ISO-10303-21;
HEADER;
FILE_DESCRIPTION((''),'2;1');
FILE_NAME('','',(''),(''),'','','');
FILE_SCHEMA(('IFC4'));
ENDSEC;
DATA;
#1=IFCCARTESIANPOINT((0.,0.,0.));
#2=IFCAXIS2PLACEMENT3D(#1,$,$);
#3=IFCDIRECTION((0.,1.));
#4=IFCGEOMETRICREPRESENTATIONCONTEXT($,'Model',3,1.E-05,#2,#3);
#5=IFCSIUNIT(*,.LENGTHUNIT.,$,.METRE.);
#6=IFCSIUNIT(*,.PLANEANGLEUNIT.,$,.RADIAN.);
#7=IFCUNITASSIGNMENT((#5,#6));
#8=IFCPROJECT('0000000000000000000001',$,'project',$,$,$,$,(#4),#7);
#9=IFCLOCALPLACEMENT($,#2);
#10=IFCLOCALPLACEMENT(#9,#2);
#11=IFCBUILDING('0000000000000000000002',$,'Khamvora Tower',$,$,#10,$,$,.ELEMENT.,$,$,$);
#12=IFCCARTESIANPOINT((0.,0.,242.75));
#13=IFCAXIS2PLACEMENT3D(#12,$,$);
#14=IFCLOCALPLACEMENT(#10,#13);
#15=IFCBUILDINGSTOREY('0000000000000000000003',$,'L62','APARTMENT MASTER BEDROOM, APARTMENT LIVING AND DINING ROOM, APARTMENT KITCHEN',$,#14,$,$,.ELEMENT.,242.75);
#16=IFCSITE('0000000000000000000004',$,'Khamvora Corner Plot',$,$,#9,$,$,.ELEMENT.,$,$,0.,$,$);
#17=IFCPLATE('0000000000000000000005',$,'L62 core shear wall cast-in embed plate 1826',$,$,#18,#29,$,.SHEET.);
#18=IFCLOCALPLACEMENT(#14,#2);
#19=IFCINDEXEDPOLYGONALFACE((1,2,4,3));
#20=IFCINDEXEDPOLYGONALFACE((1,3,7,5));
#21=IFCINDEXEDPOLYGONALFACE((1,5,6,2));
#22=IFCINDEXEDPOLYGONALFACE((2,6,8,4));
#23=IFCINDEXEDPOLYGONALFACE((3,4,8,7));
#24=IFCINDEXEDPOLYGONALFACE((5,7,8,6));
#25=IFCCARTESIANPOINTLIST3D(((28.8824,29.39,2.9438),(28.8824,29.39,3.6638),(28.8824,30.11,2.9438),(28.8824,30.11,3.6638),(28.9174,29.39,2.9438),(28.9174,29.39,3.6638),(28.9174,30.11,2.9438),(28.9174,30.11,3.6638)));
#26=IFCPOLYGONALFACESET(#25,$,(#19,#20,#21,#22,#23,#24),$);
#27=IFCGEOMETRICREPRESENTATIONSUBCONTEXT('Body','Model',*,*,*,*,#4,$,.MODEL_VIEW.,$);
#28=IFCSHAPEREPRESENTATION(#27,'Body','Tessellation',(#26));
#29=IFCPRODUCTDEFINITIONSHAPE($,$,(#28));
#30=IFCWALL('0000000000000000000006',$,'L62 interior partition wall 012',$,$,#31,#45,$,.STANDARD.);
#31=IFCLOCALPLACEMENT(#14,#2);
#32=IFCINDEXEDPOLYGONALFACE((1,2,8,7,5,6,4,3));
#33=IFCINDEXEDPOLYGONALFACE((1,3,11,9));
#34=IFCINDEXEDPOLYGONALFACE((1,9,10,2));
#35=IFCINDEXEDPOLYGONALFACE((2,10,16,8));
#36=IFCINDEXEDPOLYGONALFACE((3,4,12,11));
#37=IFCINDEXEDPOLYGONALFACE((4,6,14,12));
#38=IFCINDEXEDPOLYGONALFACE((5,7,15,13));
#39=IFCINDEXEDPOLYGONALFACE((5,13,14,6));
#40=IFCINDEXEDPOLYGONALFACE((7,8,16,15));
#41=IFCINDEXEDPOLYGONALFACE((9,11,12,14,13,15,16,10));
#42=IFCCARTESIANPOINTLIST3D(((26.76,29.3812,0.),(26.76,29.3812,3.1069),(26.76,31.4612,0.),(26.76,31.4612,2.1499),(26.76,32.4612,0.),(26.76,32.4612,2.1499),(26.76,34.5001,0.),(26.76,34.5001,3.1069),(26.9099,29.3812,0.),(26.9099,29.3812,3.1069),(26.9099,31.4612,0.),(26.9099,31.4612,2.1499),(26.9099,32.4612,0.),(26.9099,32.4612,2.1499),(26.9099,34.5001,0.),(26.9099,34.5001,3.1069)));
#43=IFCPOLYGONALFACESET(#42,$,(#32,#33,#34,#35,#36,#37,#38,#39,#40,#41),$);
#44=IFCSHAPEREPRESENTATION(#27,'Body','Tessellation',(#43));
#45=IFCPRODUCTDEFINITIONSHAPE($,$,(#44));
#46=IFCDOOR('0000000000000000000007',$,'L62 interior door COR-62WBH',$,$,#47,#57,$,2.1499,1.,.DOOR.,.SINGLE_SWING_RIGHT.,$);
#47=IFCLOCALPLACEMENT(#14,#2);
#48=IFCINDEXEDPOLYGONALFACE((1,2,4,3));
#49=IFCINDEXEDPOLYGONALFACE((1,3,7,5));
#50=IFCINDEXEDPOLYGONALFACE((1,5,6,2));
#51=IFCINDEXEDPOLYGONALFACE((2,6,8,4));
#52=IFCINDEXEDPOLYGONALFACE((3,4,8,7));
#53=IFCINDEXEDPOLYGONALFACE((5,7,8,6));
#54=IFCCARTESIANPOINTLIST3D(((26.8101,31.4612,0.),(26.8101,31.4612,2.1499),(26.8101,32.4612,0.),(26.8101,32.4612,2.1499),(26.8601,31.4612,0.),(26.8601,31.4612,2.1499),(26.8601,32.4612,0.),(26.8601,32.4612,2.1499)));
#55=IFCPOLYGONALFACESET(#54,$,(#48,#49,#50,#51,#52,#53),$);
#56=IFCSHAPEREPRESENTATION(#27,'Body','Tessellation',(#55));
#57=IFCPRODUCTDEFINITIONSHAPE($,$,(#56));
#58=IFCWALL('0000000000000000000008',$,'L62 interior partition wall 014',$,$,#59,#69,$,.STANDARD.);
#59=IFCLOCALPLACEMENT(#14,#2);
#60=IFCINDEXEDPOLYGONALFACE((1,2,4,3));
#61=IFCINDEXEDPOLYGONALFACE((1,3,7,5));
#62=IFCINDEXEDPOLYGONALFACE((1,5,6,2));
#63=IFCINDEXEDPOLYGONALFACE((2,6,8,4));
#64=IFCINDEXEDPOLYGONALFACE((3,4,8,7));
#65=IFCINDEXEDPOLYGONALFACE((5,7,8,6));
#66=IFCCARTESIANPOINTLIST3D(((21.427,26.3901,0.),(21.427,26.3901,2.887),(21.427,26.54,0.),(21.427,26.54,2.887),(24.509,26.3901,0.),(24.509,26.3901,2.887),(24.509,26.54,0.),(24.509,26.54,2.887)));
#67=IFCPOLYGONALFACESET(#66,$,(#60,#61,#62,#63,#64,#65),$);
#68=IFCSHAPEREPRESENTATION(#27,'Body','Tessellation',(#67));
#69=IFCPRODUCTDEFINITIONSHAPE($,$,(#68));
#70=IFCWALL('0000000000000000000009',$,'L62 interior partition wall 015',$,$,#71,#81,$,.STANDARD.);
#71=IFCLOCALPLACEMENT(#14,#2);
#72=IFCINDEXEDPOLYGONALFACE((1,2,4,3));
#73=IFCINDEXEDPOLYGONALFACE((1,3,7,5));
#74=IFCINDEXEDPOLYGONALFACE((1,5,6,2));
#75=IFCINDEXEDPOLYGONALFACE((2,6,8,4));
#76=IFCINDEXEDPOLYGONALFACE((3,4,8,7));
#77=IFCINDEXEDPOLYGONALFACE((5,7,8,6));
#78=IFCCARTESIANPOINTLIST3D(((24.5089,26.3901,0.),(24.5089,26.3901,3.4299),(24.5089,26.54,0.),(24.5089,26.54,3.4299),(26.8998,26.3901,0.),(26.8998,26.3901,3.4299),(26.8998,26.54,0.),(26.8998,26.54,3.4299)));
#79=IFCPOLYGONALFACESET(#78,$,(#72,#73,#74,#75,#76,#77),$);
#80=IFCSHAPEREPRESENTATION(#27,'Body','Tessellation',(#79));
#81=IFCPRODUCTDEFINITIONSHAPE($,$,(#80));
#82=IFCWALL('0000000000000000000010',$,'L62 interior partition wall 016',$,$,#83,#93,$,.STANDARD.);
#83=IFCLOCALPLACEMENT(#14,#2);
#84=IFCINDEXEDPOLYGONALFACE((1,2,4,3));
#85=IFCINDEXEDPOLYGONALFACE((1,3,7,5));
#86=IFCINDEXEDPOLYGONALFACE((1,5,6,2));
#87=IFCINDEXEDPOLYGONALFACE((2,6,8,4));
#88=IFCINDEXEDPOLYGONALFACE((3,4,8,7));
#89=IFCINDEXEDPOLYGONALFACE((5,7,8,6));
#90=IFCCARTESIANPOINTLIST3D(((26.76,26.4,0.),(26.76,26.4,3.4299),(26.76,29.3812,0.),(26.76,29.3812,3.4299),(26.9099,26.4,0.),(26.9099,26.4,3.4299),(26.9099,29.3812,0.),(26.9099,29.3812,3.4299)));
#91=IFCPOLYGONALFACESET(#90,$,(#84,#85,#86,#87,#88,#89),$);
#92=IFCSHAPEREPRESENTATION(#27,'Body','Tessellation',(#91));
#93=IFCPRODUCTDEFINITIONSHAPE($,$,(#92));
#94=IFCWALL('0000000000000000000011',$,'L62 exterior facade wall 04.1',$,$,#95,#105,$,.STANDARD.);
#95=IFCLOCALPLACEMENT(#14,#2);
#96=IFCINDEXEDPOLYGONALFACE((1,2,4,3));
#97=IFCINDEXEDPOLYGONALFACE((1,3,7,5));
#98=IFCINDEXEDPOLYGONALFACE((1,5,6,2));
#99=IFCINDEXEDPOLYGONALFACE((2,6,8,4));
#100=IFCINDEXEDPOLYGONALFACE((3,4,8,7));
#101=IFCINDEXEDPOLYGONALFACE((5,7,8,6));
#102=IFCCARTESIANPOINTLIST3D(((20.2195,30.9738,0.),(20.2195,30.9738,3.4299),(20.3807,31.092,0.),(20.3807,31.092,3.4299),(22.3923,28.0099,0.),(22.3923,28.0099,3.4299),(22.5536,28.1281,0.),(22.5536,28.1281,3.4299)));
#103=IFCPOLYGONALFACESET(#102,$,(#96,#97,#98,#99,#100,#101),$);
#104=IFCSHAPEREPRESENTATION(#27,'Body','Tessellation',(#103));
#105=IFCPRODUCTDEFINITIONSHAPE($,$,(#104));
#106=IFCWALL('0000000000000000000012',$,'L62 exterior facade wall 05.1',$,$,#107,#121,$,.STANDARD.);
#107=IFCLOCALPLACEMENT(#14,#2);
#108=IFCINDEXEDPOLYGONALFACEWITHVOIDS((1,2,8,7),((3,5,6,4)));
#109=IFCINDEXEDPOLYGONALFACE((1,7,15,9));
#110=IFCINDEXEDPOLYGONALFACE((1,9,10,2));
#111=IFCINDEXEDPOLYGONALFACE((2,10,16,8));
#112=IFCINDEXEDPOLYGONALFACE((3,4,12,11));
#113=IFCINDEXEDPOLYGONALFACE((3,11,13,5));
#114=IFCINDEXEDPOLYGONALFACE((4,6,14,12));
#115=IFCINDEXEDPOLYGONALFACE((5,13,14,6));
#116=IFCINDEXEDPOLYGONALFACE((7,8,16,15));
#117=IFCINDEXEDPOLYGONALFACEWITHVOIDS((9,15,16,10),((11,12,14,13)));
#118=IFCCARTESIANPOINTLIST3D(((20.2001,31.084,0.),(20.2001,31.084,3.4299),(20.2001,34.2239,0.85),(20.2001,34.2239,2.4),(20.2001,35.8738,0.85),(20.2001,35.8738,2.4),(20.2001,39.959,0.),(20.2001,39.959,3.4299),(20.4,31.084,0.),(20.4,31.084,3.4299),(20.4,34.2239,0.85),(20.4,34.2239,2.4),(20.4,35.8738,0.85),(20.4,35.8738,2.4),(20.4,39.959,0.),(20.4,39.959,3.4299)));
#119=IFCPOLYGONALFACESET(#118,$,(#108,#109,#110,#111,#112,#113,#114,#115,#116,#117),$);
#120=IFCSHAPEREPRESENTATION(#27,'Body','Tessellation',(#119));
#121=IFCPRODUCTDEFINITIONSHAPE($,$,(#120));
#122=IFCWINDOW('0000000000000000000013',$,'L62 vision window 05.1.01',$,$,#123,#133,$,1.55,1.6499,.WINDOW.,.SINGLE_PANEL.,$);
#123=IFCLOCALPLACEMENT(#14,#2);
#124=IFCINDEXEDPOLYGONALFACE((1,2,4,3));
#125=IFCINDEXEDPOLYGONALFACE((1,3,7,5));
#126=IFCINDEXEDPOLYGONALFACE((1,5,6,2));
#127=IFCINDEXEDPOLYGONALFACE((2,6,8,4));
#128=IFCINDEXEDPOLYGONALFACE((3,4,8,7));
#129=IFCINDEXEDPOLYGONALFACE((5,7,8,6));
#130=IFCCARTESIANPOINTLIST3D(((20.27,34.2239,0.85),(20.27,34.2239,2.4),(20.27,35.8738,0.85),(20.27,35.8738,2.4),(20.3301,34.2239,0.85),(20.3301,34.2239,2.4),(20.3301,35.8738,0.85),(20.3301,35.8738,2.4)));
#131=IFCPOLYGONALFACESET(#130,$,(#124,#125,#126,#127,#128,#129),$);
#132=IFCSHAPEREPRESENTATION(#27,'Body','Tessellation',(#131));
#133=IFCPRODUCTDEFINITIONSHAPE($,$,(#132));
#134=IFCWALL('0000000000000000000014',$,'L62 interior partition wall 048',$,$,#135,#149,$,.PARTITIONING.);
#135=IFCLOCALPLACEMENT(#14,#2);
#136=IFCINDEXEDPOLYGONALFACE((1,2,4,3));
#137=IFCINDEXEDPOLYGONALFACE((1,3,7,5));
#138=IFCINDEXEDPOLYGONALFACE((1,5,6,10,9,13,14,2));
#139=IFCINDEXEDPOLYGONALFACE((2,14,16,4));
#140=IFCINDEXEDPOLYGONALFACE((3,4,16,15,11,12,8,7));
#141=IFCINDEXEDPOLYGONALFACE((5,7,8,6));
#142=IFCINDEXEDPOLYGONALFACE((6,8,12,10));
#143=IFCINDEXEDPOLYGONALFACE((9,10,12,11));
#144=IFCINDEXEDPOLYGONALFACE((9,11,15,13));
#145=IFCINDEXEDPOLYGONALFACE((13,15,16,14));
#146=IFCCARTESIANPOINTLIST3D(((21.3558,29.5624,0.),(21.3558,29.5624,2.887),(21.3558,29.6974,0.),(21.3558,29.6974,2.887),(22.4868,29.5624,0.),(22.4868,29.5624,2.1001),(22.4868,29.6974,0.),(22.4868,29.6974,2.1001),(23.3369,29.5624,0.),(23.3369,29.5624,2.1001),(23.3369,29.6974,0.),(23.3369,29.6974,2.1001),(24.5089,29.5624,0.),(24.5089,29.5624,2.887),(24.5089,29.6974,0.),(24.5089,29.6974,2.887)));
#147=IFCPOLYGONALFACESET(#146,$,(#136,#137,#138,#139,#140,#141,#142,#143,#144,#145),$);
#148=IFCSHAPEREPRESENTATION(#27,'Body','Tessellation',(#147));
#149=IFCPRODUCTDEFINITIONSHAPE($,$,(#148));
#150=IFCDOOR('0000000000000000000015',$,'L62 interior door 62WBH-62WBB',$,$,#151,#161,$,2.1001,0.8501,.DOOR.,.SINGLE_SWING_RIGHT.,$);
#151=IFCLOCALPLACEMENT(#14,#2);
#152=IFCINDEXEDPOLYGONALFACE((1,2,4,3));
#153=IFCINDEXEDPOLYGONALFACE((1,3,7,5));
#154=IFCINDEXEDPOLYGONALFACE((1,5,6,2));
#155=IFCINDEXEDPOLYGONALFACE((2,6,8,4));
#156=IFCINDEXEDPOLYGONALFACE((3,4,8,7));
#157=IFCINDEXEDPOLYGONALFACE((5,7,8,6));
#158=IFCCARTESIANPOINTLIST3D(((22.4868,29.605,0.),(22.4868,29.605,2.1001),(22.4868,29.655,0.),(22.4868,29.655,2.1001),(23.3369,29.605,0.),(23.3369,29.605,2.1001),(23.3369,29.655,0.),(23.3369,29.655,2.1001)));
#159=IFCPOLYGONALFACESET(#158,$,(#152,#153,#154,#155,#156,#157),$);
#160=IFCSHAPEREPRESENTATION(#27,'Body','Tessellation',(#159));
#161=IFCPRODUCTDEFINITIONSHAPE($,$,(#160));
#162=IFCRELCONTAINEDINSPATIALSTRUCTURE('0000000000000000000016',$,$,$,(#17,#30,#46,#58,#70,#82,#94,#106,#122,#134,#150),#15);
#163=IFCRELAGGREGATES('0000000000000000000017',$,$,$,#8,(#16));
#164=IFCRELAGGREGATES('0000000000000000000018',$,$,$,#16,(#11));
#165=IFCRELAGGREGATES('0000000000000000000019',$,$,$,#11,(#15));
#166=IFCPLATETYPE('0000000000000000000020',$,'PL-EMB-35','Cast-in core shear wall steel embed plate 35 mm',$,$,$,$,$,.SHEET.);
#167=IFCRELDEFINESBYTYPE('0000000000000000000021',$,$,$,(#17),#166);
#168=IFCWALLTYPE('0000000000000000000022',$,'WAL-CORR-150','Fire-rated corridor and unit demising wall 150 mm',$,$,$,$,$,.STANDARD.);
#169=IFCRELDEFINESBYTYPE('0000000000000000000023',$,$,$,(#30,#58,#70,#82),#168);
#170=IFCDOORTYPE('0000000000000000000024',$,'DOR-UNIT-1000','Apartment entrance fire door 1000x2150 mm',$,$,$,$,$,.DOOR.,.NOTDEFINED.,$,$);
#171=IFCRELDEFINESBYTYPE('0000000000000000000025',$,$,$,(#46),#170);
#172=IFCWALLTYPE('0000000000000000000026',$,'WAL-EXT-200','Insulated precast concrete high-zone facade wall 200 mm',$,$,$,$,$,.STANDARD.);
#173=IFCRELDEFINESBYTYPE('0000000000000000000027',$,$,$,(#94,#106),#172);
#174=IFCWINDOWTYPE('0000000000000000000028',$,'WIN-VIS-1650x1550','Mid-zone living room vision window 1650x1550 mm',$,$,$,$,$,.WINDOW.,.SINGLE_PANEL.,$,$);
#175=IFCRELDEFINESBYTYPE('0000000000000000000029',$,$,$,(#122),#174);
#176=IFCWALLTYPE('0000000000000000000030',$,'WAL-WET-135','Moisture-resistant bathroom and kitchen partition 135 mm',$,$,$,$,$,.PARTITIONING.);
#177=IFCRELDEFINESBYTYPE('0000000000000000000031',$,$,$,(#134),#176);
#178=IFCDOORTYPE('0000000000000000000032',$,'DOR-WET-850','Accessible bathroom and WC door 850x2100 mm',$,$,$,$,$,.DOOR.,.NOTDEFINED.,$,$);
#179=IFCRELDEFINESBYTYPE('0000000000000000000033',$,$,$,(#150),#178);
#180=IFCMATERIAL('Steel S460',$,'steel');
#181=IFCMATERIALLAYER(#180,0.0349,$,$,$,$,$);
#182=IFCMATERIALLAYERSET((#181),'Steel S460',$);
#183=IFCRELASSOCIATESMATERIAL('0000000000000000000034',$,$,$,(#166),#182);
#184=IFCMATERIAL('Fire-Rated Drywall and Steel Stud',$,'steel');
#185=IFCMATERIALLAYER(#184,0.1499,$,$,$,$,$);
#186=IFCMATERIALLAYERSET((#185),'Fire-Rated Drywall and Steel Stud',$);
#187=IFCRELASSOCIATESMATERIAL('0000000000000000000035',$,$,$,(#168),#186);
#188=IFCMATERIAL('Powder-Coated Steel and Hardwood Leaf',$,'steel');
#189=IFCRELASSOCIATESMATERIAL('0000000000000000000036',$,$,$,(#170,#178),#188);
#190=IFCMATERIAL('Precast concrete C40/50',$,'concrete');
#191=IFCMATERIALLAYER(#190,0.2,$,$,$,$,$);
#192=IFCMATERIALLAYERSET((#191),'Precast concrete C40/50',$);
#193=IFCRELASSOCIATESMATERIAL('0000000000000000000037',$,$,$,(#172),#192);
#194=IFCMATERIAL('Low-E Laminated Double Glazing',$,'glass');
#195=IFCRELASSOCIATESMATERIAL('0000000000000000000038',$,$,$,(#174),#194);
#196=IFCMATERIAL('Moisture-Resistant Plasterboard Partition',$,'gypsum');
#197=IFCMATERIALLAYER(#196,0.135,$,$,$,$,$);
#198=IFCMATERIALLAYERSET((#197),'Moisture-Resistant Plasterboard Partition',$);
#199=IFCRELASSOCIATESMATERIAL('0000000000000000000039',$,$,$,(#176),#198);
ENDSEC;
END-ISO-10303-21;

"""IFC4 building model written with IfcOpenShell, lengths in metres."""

from ifc_helpers import new_model, si_unit, direction, frame, frame_2d, origin, origin_2d, place, context, subcontext, project, spatial, rectangle, extrude, material, layer, layer_set, type_object, element, fill, save


model = new_model("IFC4")

# Units and contexts
model_context = context("Model", 3, precision=1e-05, world=origin(), true_north=direction((0.0, 1.0)))
body_context = subcontext(model_context, "Body", "Model", "MODEL_VIEW")
ifc_project = project(units=[si_unit("LENGTHUNIT", "METRE"), si_unit("PLANEANGLEUNIT", "RADIAN")], contexts=[model_context])

# Site, building, storey
site_placement = place(None, origin())
site = spatial("IfcSite", under=ifc_project, at=site_placement, Name="Khamvora Corner Plot", CompositionType="ELEMENT", RefElevation=0.0)
building_placement = place(site_placement, origin())
building = spatial("IfcBuilding", under=site, at=building_placement, Name="Khamvora Tower", CompositionType="ELEMENT")
storey_placement = place(building_placement, frame((0.0, 0.0, 242.75)))
storey = spatial("IfcBuildingStorey", under=building, at=storey_placement, Name="L62", Description="APARTMENT MASTER BEDROOM, APARTMENT LIVING AND DINING ROOM, APARTMENT KITCHEN", CompositionType="ELEMENT", Elevation=242.75)

# Plate
ifc_material_1 = material(Name="Steel S460", Category="steel")
ifc_layer_1 = layer(ifc_material_1, 0.0349)
ifc_layer_set_1 = layer_set([ifc_layer_1], Name="Steel S460")
plate_type = type_object("IfcPlateType", Name="PL-EMB-35", Description="Cast-in core shear wall steel embed plate 35 mm", PredefinedType="SHEET", material=ifc_layer_set_1)
for number, where, z_axis, x_axis, name in (
    (1, (28.8999, 29.75, 2.9438), (0.0, 0.0, 1.0), (1.0, 0.0, 0.0), "L62 core shear wall cast-in embed plate 1826"),
):
    element("IfcPlate", number, at=place(storey_placement, frame(where, z_axis=z_axis, x_axis=x_axis)), inside=storey, type_object=plate_type, Name=name, PredefinedType="SHEET", context=body_context, shape_type="SweptSolid", body=[
        extrude(rectangle(XDim=0.0349, YDim=0.72, at=origin_2d()), origin(), (0.0, 0.0, 1.0), 0.72),
    ])

# Wall, opening, door
ifc_material_2 = material(Name="Fire-Rated Drywall and Steel Stud", Category="steel")
ifc_layer_2 = layer(ifc_material_2, 0.1499)
ifc_layer_set_2 = layer_set([ifc_layer_2], Name="Fire-Rated Drywall and Steel Stud")
wall_type_1 = type_object("IfcWallType", Name="WAL-CORR-150", Description="Fire-rated corridor and unit demising wall 150 mm", PredefinedType="STANDARD", material=ifc_layer_set_2)
wall_1_placement = place(storey_placement, frame((26.835, 29.3811, 0.0), z_axis=(0.0, 0.0, 1.0), x_axis=(0.0, 1.0, 0.0)))
wall_1 = element("IfcWall", 2, at=wall_1_placement, inside=storey, type_object=wall_type_1, Name="L62 interior partition wall 012", PredefinedType="STANDARD", context=body_context, shape_type="SweptSolid", body=[
    extrude(rectangle(XDim=5.1189, YDim=0.1499, at=frame_2d((2.5596, 0.0))), origin(), (0.0, 0.0, 1.0), 3.1069),
])
opening_1_placement = place(wall_1_placement, frame((2.0801, 0.0, 0.0)))
opening_1 = element("IfcOpeningElement", 3, at=opening_1_placement, cuts=wall_1, PredefinedType="OPENING", context=body_context, shape_type="SweptSolid", body=[
    extrude(rectangle(XDim=1.0, YDim=2.1499, at=frame_2d((0.5, 1.075))), frame((0.0, 0.085, 0.0), z_axis=(0.0, -1.0, 0.0), x_axis=(1.0, 0.0, 0.0)), (0.0, 0.0, 1.0), 0.1699),
])
ifc_material_3 = material(Name="Powder-Coated Steel and Hardwood Leaf", Category="steel")
door_type_1 = type_object("IfcDoorType", Name="DOR-UNIT-1000", Description="Apartment entrance fire door 1000x2150 mm", OperationType="NOTDEFINED", PredefinedType="DOOR", material=ifc_material_3)
door_1_placement = place(opening_1_placement, origin())
door_1 = element("IfcDoor", 4, at=door_1_placement, inside=storey, type_object=door_type_1, Name="L62 interior door COR-62WBH", OperationType="SINGLE_SWING_RIGHT", OverallHeight=2.1499, OverallWidth=1.0, PredefinedType="DOOR", context=body_context, shape_type="SweptSolid", body=[
    extrude(rectangle(XDim=1.0, YDim=2.1499, at=frame_2d((0.5, 1.075))), frame((0.0, 0.0249, 0.0), z_axis=(0.0, -1.0, 0.0), x_axis=(1.0, 0.0, 0.0)), (0.0, 0.0, 1.0), 0.05),
])
fill(opening_1, door_1)

# Walls
wall_2_placement = place(storey_placement, frame((21.427, 26.4651, 0.0), z_axis=(0.0, 0.0, 1.0), x_axis=(1.0, 0.0, 0.0)))
element("IfcWall", 5, at=wall_2_placement, inside=storey, type_object=wall_type_1, Name="L62 interior partition wall 014", PredefinedType="STANDARD", context=body_context, shape_type="SweptSolid", body=[
    extrude(rectangle(XDim=3.082, YDim=0.1499, at=frame_2d((1.541, 0.0))), origin(), (0.0, 0.0, 1.0), 2.887),
])
wall_3_placement = place(storey_placement, frame((24.509, 26.4651, 0.0), z_axis=(0.0, 0.0, 1.0), x_axis=(1.0, 0.0, 0.0)))
element("IfcWall", 6, at=wall_3_placement, inside=storey, type_object=wall_type_1, Name="L62 interior partition wall 015", PredefinedType="STANDARD", context=body_context, shape_type="SweptSolid", body=[
    extrude(rectangle(XDim=2.3909, YDim=0.1499, at=frame_2d((1.1953, 0.0))), origin(), (0.0, 0.0, 1.0), 3.4299),
])
wall_4_placement = place(storey_placement, frame((26.835, 26.3999, 0.0), z_axis=(0.0, 0.0, 1.0), x_axis=(0.0, 1.0, 0.0)))
element("IfcWall", 7, at=wall_4_placement, inside=storey, type_object=wall_type_1, Name="L62 interior partition wall 016", PredefinedType="STANDARD", context=body_context, shape_type="SweptSolid", body=[
    extrude(rectangle(XDim=2.9812, YDim=0.1499, at=frame_2d((1.4907, 0.0))), origin(), (0.0, 0.0, 1.0), 3.4299),
])
ifc_material_4 = material(Name="Precast concrete C40/50", Category="concrete")
ifc_layer_3 = layer(ifc_material_4, 0.2)
ifc_layer_set_3 = layer_set([ifc_layer_3], Name="Precast concrete C40/50")
wall_type_2 = type_object("IfcWallType", Name="WAL-EXT-200", Description="Insulated precast concrete high-zone facade wall 200 mm", PredefinedType="STANDARD", material=ifc_layer_set_3)
wall_5_placement = place(storey_placement, frame((22.4729, 28.0691, 0.0), z_axis=(0.0, 0.0, 1.0), x_axis=(-0.591248, 0.806489, 0.0)))
element("IfcWall", 8, at=wall_5_placement, inside=storey, type_object=wall_type_2, Name="L62 exterior facade wall 04.1", PredefinedType="STANDARD", context=body_context, shape_type="SweptSolid", body=[
    extrude(rectangle(XDim=3.675, YDim=0.2, at=frame_2d((1.8374, 0.0))), origin(), (0.0, 0.0, 1.0), 3.4299),
])

# Wall, opening, window
wall_6_placement = place(storey_placement, frame((20.3, 31.084, 0.0), z_axis=(0.0, 0.0, 1.0), x_axis=(0.0, 1.0, 0.0)))
wall_6 = element("IfcWall", 9, at=wall_6_placement, inside=storey, type_object=wall_type_2, Name="L62 exterior facade wall 05.1", PredefinedType="STANDARD", context=body_context, shape_type="SweptSolid", body=[
    extrude(rectangle(XDim=8.875, YDim=0.2, at=frame_2d((4.4375, 0.0))), origin(), (0.0, 0.0, 1.0), 3.4299),
])
opening_2_placement = place(wall_6_placement, frame((3.1399, 0.0, 0.8501)))
opening_2 = element("IfcOpeningElement", 10, at=opening_2_placement, cuts=wall_6, PredefinedType="OPENING", context=body_context, shape_type="SweptSolid", body=[
    extrude(rectangle(XDim=1.6499, YDim=1.55, at=frame_2d((0.825, 0.7749))), frame((0.0, 0.1099, 0.0), z_axis=(0.0, -1.0, 0.0), x_axis=(1.0, 0.0, 0.0)), (0.0, 0.0, 1.0), 0.22),
])
ifc_material_5 = material(Name="Low-E Laminated Double Glazing", Category="glass")
window_type = type_object("IfcWindowType", Name="WIN-VIS-1650x1550", Description="Mid-zone living room vision window 1650x1550 mm", PartitioningType="SINGLE_PANEL", PredefinedType="WINDOW", material=ifc_material_5)
window_placement = place(opening_2_placement, origin())
window = element("IfcWindow", 11, at=window_placement, inside=storey, type_object=window_type, Name="L62 vision window 05.1.01", OverallHeight=1.55, OverallWidth=1.6499, PartitioningType="SINGLE_PANEL", PredefinedType="WINDOW", context=body_context, shape_type="SweptSolid", body=[
    extrude(rectangle(XDim=1.6499, YDim=1.55, at=frame_2d((0.825, 0.7749))), frame((0.0, 0.03, 0.0), z_axis=(0.0, -1.0, 0.0), x_axis=(1.0, 0.0, 0.0)), (0.0, 0.0, 1.0), 0.0601),
])
fill(opening_2, window)

# Wall, opening, door
ifc_material_6 = material(Name="Moisture-Resistant Plasterboard Partition", Category="gypsum")
ifc_layer_4 = layer(ifc_material_6, 0.135)
ifc_layer_set_4 = layer_set([ifc_layer_4], Name="Moisture-Resistant Plasterboard Partition")
wall_type_3 = type_object("IfcWallType", Name="WAL-WET-135", Description="Moisture-resistant bathroom and kitchen partition 135 mm", PredefinedType="PARTITIONING", material=ifc_layer_set_4)
wall_7_placement = place(storey_placement, frame((24.509, 29.6299, 0.0), z_axis=(0.0, 0.0, 1.0), x_axis=(-1.0, 0.0, 0.0)))
wall_7 = element("IfcWall", 12, at=wall_7_placement, inside=storey, type_object=wall_type_3, Name="L62 interior partition wall 048", PredefinedType="PARTITIONING", context=body_context, shape_type="SweptSolid", body=[
    extrude(rectangle(XDim=3.1531, YDim=0.135, at=frame_2d((1.5767, 0.0))), origin(), (0.0, 0.0, 1.0), 2.887),
])
opening_3_placement = place(wall_7_placement, frame((1.1721, 0.0, 0.0)))
opening_3 = element("IfcOpeningElement", 13, at=opening_3_placement, cuts=wall_7, PredefinedType="OPENING", context=body_context, shape_type="SweptSolid", body=[
    extrude(rectangle(XDim=0.8501, YDim=2.1001, at=frame_2d((0.425, 1.05))), frame((0.0, 0.0774, 0.0), z_axis=(0.0, -1.0, 0.0), x_axis=(1.0, 0.0, 0.0)), (0.0, 0.0, 1.0), 0.155),
])
door_type_2 = type_object("IfcDoorType", Name="DOR-WET-850", Description="Accessible bathroom and WC door 850x2100 mm", OperationType="NOTDEFINED", PredefinedType="DOOR", material=ifc_material_3)
door_2_placement = place(opening_3_placement, origin())
door_2 = element("IfcDoor", 14, at=door_2_placement, inside=storey, type_object=door_type_2, Name="L62 interior door 62WBH-62WBB", OperationType="SINGLE_SWING_RIGHT", OverallHeight=2.1001, OverallWidth=0.8501, PredefinedType="DOOR", context=body_context, shape_type="SweptSolid", body=[
    extrude(rectangle(XDim=0.8501, YDim=2.1001, at=frame_2d((0.425, 1.05))), frame((0.0, 0.0249, 0.0), z_axis=(0.0, -1.0, 0.0), x_axis=(1.0, 0.0, 0.0)), (0.0, 0.0, 1.0), 0.05),
])
fill(opening_3, door_2)

save(model, "model.ifc")
